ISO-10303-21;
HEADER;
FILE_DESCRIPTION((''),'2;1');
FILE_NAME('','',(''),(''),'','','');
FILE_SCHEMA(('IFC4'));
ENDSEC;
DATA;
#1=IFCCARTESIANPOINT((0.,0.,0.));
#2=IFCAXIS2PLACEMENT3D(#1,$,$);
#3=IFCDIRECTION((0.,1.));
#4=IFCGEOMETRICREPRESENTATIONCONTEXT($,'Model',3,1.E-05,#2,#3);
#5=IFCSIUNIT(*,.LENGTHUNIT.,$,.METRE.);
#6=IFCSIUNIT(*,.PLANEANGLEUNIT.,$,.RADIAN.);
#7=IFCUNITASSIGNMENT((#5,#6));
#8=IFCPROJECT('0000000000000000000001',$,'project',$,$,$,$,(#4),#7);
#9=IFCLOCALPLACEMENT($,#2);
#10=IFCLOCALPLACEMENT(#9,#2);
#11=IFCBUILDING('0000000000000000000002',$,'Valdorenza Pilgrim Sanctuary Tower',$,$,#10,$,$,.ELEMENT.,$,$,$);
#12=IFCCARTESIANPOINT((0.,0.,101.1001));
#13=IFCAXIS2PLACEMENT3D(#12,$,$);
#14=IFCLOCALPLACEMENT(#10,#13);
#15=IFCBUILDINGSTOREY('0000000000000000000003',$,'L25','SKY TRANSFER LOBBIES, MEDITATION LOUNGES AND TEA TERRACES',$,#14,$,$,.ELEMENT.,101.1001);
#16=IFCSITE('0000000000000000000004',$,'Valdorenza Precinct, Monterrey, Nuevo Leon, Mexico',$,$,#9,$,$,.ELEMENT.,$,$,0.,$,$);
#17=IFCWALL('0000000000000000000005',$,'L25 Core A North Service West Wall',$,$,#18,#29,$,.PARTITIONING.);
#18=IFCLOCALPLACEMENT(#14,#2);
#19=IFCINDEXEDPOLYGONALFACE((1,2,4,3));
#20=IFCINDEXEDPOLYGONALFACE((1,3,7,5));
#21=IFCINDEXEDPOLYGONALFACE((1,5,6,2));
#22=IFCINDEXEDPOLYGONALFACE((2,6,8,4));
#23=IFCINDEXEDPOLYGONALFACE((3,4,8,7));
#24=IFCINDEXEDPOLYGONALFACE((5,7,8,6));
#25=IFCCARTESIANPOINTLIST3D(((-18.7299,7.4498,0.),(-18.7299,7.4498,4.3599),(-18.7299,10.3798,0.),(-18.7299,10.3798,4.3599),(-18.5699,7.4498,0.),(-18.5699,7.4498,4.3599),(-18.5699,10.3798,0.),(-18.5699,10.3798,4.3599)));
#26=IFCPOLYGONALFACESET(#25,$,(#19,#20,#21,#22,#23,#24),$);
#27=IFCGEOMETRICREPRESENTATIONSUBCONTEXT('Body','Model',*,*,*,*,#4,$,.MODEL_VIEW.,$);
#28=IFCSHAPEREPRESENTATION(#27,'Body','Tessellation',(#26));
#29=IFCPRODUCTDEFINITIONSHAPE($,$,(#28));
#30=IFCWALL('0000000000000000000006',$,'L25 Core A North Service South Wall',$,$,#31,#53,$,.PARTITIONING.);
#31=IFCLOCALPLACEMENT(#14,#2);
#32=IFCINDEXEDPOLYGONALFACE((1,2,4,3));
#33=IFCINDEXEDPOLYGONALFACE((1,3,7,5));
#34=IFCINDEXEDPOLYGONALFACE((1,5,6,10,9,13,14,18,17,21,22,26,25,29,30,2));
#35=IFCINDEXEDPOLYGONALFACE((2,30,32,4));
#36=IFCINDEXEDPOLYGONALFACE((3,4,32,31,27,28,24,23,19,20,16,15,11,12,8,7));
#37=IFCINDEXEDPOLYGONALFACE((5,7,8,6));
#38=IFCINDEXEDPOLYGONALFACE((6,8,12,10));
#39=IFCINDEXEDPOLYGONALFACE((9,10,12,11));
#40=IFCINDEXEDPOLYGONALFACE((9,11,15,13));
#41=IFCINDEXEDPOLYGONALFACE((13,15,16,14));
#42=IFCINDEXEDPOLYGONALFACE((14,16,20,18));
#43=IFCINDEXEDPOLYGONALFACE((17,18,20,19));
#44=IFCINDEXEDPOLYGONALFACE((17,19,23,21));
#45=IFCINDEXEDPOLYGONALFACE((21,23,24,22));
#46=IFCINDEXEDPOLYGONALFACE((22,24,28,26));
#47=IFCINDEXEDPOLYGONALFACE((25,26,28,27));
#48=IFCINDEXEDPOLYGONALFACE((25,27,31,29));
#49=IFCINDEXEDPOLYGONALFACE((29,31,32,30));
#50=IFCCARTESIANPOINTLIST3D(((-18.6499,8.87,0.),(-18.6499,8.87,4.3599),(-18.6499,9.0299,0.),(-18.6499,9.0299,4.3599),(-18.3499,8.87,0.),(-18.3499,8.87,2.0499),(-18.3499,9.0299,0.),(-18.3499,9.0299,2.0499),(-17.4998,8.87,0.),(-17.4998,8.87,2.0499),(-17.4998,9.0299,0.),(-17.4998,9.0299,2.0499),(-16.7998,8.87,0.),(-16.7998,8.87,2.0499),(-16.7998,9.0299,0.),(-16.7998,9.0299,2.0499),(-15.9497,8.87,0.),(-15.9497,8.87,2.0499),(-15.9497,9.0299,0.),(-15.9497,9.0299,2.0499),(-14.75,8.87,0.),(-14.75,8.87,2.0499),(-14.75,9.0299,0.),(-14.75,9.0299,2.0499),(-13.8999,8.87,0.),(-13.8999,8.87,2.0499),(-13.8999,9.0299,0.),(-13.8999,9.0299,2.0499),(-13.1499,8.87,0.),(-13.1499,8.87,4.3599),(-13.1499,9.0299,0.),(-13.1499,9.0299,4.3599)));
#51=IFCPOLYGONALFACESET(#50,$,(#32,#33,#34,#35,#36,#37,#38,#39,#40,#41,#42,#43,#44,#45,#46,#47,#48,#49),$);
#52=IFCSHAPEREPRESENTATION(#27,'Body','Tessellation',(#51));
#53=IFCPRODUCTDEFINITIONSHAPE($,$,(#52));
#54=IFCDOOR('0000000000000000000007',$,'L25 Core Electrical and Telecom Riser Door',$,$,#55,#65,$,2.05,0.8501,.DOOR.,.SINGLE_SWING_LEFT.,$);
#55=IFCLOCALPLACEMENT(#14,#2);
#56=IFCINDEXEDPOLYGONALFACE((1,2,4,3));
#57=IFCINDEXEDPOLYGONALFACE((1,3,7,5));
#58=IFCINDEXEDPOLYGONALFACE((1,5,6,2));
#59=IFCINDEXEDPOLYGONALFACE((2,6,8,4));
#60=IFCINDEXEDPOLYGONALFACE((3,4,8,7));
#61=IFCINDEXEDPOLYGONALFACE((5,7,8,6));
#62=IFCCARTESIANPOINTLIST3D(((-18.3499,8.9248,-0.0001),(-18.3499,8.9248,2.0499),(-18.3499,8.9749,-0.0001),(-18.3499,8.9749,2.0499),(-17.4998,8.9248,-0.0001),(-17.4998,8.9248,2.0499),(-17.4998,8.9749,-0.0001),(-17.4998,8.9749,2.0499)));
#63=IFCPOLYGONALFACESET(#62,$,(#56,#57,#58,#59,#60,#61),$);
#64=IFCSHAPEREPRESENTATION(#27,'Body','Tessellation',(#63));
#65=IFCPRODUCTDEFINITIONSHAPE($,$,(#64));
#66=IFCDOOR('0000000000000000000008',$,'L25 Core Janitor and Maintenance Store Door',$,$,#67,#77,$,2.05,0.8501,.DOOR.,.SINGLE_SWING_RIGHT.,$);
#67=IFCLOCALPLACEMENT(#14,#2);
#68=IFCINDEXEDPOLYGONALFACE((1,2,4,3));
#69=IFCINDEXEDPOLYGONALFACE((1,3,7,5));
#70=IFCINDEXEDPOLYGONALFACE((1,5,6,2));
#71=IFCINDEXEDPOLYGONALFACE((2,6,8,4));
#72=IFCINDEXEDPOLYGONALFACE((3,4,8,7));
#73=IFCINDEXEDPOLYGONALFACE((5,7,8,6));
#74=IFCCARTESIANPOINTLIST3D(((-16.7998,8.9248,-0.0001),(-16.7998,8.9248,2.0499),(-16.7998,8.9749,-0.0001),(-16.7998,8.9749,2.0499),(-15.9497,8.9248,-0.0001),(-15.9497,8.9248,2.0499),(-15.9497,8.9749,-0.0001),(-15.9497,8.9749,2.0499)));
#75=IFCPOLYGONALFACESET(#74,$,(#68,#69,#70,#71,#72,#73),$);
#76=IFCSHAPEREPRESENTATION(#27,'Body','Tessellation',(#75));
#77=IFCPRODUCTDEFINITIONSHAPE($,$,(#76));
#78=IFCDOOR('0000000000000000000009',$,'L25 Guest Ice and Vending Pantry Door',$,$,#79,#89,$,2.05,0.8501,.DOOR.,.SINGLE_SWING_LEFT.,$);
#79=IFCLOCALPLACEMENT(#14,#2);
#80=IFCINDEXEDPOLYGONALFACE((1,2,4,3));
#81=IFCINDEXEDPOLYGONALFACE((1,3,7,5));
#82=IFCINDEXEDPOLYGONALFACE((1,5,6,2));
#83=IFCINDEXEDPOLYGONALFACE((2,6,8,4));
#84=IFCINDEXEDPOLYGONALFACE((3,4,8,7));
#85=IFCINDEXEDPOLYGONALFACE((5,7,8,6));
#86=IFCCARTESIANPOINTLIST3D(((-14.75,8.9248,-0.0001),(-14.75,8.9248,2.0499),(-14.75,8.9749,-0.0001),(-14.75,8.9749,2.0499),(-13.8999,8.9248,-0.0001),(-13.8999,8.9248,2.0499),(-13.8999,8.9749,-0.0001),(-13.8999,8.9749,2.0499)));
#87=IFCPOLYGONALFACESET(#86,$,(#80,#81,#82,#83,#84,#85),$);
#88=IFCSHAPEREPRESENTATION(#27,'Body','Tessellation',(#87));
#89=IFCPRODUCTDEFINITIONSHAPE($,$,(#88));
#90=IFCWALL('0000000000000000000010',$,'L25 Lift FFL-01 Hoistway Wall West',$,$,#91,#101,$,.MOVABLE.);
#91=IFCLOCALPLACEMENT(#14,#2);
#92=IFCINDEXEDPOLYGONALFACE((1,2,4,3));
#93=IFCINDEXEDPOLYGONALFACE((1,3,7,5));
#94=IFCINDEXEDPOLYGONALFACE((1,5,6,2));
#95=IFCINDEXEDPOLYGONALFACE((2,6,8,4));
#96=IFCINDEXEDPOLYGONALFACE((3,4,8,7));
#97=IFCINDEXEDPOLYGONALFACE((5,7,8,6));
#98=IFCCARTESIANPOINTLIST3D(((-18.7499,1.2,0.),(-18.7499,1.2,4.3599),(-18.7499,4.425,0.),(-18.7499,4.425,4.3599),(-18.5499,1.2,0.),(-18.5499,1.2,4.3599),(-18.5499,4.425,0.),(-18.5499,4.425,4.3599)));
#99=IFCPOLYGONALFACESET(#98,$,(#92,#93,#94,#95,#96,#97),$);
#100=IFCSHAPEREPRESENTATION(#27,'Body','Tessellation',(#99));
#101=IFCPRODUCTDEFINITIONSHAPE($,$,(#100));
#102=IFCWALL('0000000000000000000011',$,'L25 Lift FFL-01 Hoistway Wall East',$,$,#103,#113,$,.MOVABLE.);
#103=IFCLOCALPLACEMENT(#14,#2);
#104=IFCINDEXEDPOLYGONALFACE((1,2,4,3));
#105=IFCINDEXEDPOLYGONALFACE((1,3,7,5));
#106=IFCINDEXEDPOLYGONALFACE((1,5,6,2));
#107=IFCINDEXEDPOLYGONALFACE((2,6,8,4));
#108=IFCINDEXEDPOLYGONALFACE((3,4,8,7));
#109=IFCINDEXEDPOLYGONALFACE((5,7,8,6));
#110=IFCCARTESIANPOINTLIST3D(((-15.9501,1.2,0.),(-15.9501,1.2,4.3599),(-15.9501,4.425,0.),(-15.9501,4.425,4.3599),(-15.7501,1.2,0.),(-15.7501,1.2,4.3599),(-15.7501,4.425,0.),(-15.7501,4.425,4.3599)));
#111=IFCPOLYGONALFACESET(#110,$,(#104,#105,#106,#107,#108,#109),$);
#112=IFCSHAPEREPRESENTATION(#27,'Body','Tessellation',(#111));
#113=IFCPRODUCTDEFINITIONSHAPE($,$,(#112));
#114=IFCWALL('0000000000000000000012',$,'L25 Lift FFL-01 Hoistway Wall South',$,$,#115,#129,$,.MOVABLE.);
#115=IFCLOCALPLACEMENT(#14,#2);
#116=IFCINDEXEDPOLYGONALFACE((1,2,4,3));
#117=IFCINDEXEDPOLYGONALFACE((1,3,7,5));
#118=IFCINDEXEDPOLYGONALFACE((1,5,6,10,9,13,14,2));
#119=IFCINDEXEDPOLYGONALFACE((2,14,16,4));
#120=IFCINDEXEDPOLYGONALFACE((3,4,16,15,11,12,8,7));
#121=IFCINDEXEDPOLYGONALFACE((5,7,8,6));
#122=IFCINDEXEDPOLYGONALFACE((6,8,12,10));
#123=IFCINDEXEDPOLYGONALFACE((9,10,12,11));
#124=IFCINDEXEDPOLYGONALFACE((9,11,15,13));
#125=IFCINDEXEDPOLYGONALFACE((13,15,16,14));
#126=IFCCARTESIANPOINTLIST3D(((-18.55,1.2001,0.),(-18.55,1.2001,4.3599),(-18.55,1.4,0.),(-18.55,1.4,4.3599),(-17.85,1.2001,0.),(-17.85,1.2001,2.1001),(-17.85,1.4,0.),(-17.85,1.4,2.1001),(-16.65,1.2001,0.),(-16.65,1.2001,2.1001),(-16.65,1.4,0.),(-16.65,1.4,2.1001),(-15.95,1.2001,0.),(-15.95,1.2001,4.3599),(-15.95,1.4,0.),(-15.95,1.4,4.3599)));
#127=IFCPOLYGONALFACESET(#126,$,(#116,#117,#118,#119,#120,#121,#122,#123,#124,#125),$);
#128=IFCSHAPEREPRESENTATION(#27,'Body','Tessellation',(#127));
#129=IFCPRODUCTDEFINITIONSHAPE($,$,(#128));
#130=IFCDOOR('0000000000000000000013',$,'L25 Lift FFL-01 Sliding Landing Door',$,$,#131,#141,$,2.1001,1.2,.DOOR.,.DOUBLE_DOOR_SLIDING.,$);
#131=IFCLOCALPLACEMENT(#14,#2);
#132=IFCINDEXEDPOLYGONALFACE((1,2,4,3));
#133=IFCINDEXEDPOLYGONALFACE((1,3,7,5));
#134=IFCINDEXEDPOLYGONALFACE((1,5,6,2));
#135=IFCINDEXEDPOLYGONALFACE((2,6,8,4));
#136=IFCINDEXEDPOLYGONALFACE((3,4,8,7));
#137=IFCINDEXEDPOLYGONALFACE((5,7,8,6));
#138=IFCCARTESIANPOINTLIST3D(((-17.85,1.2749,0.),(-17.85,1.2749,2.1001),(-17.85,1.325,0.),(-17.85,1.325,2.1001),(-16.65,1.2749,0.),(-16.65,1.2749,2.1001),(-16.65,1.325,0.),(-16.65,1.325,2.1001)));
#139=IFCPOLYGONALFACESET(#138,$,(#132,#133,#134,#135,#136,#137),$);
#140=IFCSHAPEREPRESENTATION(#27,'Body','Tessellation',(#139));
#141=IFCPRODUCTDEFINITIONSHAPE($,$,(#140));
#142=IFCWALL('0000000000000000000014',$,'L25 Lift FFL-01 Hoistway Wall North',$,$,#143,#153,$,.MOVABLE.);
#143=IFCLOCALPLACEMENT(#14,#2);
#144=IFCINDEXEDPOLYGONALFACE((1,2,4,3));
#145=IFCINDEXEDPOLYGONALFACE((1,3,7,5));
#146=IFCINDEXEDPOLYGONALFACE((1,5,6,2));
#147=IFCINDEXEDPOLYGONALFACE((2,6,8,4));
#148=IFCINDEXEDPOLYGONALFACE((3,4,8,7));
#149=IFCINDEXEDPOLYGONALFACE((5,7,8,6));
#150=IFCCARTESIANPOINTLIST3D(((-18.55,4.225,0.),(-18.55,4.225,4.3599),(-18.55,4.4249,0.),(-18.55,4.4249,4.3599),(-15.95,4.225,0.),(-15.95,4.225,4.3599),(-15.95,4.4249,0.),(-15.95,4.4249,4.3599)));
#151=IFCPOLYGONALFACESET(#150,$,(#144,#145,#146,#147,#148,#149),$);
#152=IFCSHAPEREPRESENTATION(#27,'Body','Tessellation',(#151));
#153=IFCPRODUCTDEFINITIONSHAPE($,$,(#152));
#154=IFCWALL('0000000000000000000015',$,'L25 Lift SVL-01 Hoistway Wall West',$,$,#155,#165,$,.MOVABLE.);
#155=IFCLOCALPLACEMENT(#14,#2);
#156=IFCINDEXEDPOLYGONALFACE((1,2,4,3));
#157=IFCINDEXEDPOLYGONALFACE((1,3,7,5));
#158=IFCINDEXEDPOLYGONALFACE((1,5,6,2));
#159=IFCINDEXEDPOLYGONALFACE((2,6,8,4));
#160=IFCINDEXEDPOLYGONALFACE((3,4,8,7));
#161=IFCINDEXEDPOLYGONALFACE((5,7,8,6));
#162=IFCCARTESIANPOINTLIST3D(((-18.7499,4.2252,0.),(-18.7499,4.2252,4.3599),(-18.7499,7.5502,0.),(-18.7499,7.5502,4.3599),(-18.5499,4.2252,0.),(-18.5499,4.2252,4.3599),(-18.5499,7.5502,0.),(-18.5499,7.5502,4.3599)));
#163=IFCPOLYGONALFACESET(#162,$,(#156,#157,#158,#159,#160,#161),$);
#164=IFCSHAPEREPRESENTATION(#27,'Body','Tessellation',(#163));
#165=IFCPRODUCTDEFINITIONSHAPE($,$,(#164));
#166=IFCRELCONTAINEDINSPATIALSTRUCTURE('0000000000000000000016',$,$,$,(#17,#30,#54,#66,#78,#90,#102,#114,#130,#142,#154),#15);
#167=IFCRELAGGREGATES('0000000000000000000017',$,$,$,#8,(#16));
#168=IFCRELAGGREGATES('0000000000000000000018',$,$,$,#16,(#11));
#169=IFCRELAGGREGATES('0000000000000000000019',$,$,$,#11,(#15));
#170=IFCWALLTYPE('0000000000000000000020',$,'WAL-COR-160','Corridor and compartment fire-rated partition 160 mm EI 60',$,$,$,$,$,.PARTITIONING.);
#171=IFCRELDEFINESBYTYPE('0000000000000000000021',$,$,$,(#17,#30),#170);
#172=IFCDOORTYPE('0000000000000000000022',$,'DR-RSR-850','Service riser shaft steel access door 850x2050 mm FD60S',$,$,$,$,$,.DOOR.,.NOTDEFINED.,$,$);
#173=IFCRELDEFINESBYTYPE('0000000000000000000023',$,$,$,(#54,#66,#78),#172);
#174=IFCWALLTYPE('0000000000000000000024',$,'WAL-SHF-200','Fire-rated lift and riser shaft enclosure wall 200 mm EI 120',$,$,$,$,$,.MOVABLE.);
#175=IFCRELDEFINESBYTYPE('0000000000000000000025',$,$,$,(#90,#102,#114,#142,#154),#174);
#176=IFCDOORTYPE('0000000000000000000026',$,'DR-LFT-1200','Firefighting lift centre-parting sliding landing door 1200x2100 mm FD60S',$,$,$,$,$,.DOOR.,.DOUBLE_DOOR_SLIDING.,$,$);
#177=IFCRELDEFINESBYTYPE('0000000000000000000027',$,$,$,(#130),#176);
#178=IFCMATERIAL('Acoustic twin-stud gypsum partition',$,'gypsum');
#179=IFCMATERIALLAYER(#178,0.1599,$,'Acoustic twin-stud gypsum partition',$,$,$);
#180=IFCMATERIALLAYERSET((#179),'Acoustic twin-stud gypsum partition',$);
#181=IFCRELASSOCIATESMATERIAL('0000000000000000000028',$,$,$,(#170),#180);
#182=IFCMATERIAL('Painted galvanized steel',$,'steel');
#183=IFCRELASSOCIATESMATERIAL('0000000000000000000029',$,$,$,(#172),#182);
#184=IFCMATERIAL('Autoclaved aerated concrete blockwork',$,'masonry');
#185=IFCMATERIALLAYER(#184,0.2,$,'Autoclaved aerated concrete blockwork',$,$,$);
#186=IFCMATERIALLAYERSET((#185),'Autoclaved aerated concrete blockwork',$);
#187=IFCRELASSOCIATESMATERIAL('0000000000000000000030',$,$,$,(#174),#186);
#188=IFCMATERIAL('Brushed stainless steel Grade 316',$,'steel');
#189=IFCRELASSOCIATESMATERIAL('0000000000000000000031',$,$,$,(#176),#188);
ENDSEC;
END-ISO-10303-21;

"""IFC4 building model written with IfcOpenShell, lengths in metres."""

from ifc_helpers import new_model, si_unit, direction, frame, frame_2d, origin, place, context, subcontext, project, spatial, rectangle, extrude, material, layer, layer_set, type_object, element, fill, save


model = new_model("IFC4")

# Units and contexts
model_context = context("Model", 3, precision=1e-05, world=origin(), true_north=direction((0.0, 1.0)))
body_context = subcontext(model_context, "Body", "Model", "MODEL_VIEW")
ifc_project = project(units=[si_unit("LENGTHUNIT", "METRE"), si_unit("PLANEANGLEUNIT", "RADIAN")], contexts=[model_context])

# Site, building, storey
site_placement = place(None, origin())
site = spatial("IfcSite", under=ifc_project, at=site_placement, Name="Valdorenza Precinct, Monterrey, Nuevo Leon, Mexico", CompositionType="ELEMENT", RefElevation=0.0)
building_placement = place(site_placement, origin())
building = spatial("IfcBuilding", under=site, at=building_placement, Name="Valdorenza Pilgrim Sanctuary Tower", CompositionType="ELEMENT")
storey_placement = place(building_placement, frame((0.0, 0.0, 101.1001)))
storey = spatial("IfcBuildingStorey", under=building, at=storey_placement, Name="L25", Description="SKY TRANSFER LOBBIES, MEDITATION LOUNGES AND TEA TERRACES", CompositionType="ELEMENT", Elevation=101.1001)

# Wall
ifc_material_1 = material(Name="Acoustic twin-stud gypsum partition", Category="gypsum")
ifc_layer_1 = layer(ifc_material_1, 0.1599, Name="Acoustic twin-stud gypsum partition")
ifc_layer_set_1 = layer_set([ifc_layer_1], Name="Acoustic twin-stud gypsum partition")
wall_type_1 = type_object("IfcWallType", Name="WAL-COR-160", Description="Corridor and compartment fire-rated partition 160 mm EI 60", PredefinedType="PARTITIONING", material=ifc_layer_set_1)
wall_1_placement = place(storey_placement, frame((-18.6499, 7.45, 0.0), z_axis=(0.0, 0.0, 1.0), x_axis=(0.0, 1.0, 0.0)))
element("IfcWall", 1, at=wall_1_placement, inside=storey, type_object=wall_type_1, Name="L25 Core A North Service West Wall", PredefinedType="PARTITIONING", context=body_context, shape_type="SweptSolid", body=[
    extrude(rectangle(XDim=2.9299, YDim=0.1599, at=frame_2d((1.4648, 0.0))), origin(), (0.0, 0.0, 1.0), 4.3599),
])

# Wall, openings, doors
wall_2_placement = place(storey_placement, frame((-18.6499, 8.95, 0.0), z_axis=(0.0, 0.0, 1.0), x_axis=(1.0, 0.0, 0.0)))
wall_2 = element("IfcWall", 2, at=wall_2_placement, inside=storey, type_object=wall_type_1, Name="L25 Core A North Service South Wall", PredefinedType="PARTITIONING", context=body_context, shape_type="SweptSolid", body=[
    extrude(rectangle(XDim=5.5, YDim=0.1599, at=frame_2d((2.75, 0.0))), origin(), (0.0, 0.0, 1.0), 4.3599),
])
opening_1_placement = place(wall_2_placement, frame((0.3, 0.0, 0.0)))
opening_1 = element("IfcOpeningElement", 3, at=opening_1_placement, cuts=wall_2, PredefinedType="OPENING", context=body_context, shape_type="SweptSolid", body=[
    extrude(rectangle(XDim=0.8501, YDim=2.05, at=frame_2d((0.425, 1.0249))), frame((0.0, 0.0947, 0.0), z_axis=(0.0, -1.0, 0.0), x_axis=(1.0, 0.0, 0.0)), (0.0, 0.0, 1.0), 0.1897),
])
opening_2_placement = place(wall_2_placement, frame((1.8501, 0.0, 0.0)))
opening_2 = element("IfcOpeningElement", 4, at=opening_2_placement, cuts=wall_2, PredefinedType="OPENING", context=body_context, shape_type="SweptSolid", body=[
    extrude(rectangle(XDim=0.8501, YDim=2.05, at=frame_2d((0.425, 1.0249))), frame((0.0, 0.0947, 0.0), z_axis=(0.0, -1.0, 0.0), x_axis=(1.0, 0.0, 0.0)), (0.0, 0.0, 1.0), 0.1897),
])
opening_3_placement = place(wall_2_placement, frame((3.8999, 0.0, 0.0)))
opening_3 = element("IfcOpeningElement", 5, at=opening_3_placement, cuts=wall_2, PredefinedType="OPENING", context=body_context, shape_type="SweptSolid", body=[
    extrude(rectangle(XDim=0.8501, YDim=2.05, at=frame_2d((0.425, 1.0249))), frame((0.0, 0.0947, 0.0), z_axis=(0.0, -1.0, 0.0), x_axis=(1.0, 0.0, 0.0)), (0.0, 0.0, 1.0), 0.1897),
])
ifc_material_2 = material(Name="Painted galvanized steel", Category="steel")
door_type_1 = type_object("IfcDoorType", Name="DR-RSR-850", Description="Service riser shaft steel access door 850x2050 mm FD60S", OperationType="NOTDEFINED", PredefinedType="DOOR", material=ifc_material_2)
door_1_placement = place(opening_1_placement, origin())
door_1 = element("IfcDoor", 6, at=door_1_placement, inside=storey, type_object=door_type_1, Name="L25 Core Electrical and Telecom Riser Door", OperationType="SINGLE_SWING_LEFT", OverallHeight=2.05, OverallWidth=0.8501, PredefinedType="DOOR", context=body_context, shape_type="SweptSolid", body=[
    extrude(rectangle(XDim=0.8501, YDim=2.05, at=frame_2d((0.425, 1.0249))), frame((0.0, 0.0249, 0.0), z_axis=(0.0, -1.0, 0.0), x_axis=(1.0, 0.0, 0.0)), (0.0, 0.0, 1.0), 0.05),
])
fill(opening_1, door_1)
door_2_placement = place(opening_2_placement, origin())
door_2 = element("IfcDoor", 7, at=door_2_placement, inside=storey, type_object=door_type_1, Name="L25 Core Janitor and Maintenance Store Door", OperationType="SINGLE_SWING_RIGHT", OverallHeight=2.05, OverallWidth=0.8501, PredefinedType="DOOR", context=body_context, shape_type="SweptSolid", body=[
    extrude(rectangle(XDim=0.8501, YDim=2.05, at=frame_2d((0.425, 1.0249))), frame((0.0, 0.0249, 0.0), z_axis=(0.0, -1.0, 0.0), x_axis=(1.0, 0.0, 0.0)), (0.0, 0.0, 1.0), 0.05),
])
fill(opening_2, door_2)
door_3_placement = place(opening_3_placement, origin())
door_3 = element("IfcDoor", 8, at=door_3_placement, inside=storey, type_object=door_type_1, Name="L25 Guest Ice and Vending Pantry Door", OperationType="SINGLE_SWING_LEFT", OverallHeight=2.05, OverallWidth=0.8501, PredefinedType="DOOR", context=body_context, shape_type="SweptSolid", body=[
    extrude(rectangle(XDim=0.8501, YDim=2.05, at=frame_2d((0.425, 1.0249))), frame((0.0, 0.0249, 0.0), z_axis=(0.0, -1.0, 0.0), x_axis=(1.0, 0.0, 0.0)), (0.0, 0.0, 1.0), 0.05),
])
fill(opening_3, door_3)

# Walls
ifc_material_3 = material(Name="Autoclaved aerated concrete blockwork", Category="masonry")
ifc_layer_2 = layer(ifc_material_3, 0.2, Name="Autoclaved aerated concrete blockwork")
ifc_layer_set_2 = layer_set([ifc_layer_2], Name="Autoclaved aerated concrete blockwork")
wall_type_2 = type_object("IfcWallType", Name="WAL-SHF-200", Description="Fire-rated lift and riser shaft enclosure wall 200 mm EI 120", PredefinedType="MOVABLE", material=ifc_layer_set_2)
for number, where, z_axis, x_axis, name in (
    (9, (-18.6499, 1.2, 0.0), (0.0, 0.0, 1.0), (0.0, 1.0, 0.0), "L25 Lift FFL-01 Hoistway Wall West"),
    (10, (-15.8501, 1.2, 0.0), (0.0, 0.0, 1.0), (0.0, 1.0, 0.0), "L25 Lift FFL-01 Hoistway Wall East"),
):
    element("IfcWall", number, at=place(storey_placement, frame(where, z_axis=z_axis, x_axis=x_axis)), inside=storey, type_object=wall_type_2, Name=name, PredefinedType="MOVABLE", context=body_context, shape_type="SweptSolid", body=[
        extrude(rectangle(XDim=3.2251, YDim=0.2, at=frame_2d((1.6125, 0.0))), origin(), (0.0, 0.0, 1.0), 4.3599),
    ])

# Wall, opening, door
wall_3_placement = place(storey_placement, frame((-18.55, 1.3, 0.0), z_axis=(0.0, 0.0, 1.0), x_axis=(1.0, 0.0, 0.0)))
wall_3 = element("IfcWall", 11, at=wall_3_placement, inside=storey, type_object=wall_type_2, Name="L25 Lift FFL-01 Hoistway Wall South", PredefinedType="MOVABLE", context=body_context, shape_type="SweptSolid", body=[
    extrude(rectangle(XDim=2.6001, YDim=0.2, at=frame_2d((1.3, 0.0))), origin(), (0.0, 0.0, 1.0), 4.3599),
])
opening_4_placement = place(wall_3_placement, frame((0.7, 0.0, 0.0)))
opening_4 = element("IfcOpeningElement", 12, at=opening_4_placement, cuts=wall_3, PredefinedType="OPENING", context=body_context, shape_type="SweptSolid", body=[
    extrude(rectangle(XDim=1.2, YDim=2.1001, at=frame_2d((0.6001, 1.05))), frame((0.0, 0.1147, 0.0), z_axis=(0.0, -1.0, 0.0), x_axis=(1.0, 0.0, 0.0)), (0.0, 0.0, 1.0), 0.2297),
])
ifc_material_4 = material(Name="Brushed stainless steel Grade 316", Category="steel")
door_type_2 = type_object("IfcDoorType", Name="DR-LFT-1200", Description="Firefighting lift centre-parting sliding landing door 1200x2100 mm FD60S", OperationType="DOUBLE_DOOR_SLIDING", PredefinedType="DOOR", material=ifc_material_4)
door_4_placement = place(opening_4_placement, origin())
door_4 = element("IfcDoor", 13, at=door_4_placement, inside=storey, type_object=door_type_2, Name="L25 Lift FFL-01 Sliding Landing Door", OperationType="DOUBLE_DOOR_SLIDING", OverallHeight=2.1001, OverallWidth=1.2, PredefinedType="DOOR", context=body_context, shape_type="SweptSolid", body=[
    extrude(rectangle(XDim=1.2, YDim=2.1001, at=frame_2d((0.6001, 1.05))), frame((0.0, 0.0249, 0.0), z_axis=(0.0, -1.0, 0.0), x_axis=(1.0, 0.0, 0.0)), (0.0, 0.0, 1.0), 0.05),
])
fill(opening_4, door_4)

# Walls
wall_4_placement = place(storey_placement, frame((-18.55, 4.325, 0.0), z_axis=(0.0, 0.0, 1.0), x_axis=(1.0, 0.0, 0.0)))
element("IfcWall", 14, at=wall_4_placement, inside=storey, type_object=wall_type_2, Name="L25 Lift FFL-01 Hoistway Wall North", PredefinedType="MOVABLE", context=body_context, shape_type="SweptSolid", body=[
    extrude(rectangle(XDim=2.6001, YDim=0.2, at=frame_2d((1.3, 0.0))), origin(), (0.0, 0.0, 1.0), 4.3599),
])
wall_5_placement = place(storey_placement, frame((-18.6499, 4.2251, 0.0), z_axis=(0.0, 0.0, 1.0), x_axis=(0.0, 1.0, 0.0)))
element("IfcWall", 15, at=wall_5_placement, inside=storey, type_object=wall_type_2, Name="L25 Lift SVL-01 Hoistway Wall West", PredefinedType="MOVABLE", context=body_context, shape_type="SweptSolid", body=[
    extrude(rectangle(XDim=3.325, YDim=0.2, at=frame_2d((1.6626, 0.0))), origin(), (0.0, 0.0, 1.0), 4.3599),
])

save(model, "model.ifc")
